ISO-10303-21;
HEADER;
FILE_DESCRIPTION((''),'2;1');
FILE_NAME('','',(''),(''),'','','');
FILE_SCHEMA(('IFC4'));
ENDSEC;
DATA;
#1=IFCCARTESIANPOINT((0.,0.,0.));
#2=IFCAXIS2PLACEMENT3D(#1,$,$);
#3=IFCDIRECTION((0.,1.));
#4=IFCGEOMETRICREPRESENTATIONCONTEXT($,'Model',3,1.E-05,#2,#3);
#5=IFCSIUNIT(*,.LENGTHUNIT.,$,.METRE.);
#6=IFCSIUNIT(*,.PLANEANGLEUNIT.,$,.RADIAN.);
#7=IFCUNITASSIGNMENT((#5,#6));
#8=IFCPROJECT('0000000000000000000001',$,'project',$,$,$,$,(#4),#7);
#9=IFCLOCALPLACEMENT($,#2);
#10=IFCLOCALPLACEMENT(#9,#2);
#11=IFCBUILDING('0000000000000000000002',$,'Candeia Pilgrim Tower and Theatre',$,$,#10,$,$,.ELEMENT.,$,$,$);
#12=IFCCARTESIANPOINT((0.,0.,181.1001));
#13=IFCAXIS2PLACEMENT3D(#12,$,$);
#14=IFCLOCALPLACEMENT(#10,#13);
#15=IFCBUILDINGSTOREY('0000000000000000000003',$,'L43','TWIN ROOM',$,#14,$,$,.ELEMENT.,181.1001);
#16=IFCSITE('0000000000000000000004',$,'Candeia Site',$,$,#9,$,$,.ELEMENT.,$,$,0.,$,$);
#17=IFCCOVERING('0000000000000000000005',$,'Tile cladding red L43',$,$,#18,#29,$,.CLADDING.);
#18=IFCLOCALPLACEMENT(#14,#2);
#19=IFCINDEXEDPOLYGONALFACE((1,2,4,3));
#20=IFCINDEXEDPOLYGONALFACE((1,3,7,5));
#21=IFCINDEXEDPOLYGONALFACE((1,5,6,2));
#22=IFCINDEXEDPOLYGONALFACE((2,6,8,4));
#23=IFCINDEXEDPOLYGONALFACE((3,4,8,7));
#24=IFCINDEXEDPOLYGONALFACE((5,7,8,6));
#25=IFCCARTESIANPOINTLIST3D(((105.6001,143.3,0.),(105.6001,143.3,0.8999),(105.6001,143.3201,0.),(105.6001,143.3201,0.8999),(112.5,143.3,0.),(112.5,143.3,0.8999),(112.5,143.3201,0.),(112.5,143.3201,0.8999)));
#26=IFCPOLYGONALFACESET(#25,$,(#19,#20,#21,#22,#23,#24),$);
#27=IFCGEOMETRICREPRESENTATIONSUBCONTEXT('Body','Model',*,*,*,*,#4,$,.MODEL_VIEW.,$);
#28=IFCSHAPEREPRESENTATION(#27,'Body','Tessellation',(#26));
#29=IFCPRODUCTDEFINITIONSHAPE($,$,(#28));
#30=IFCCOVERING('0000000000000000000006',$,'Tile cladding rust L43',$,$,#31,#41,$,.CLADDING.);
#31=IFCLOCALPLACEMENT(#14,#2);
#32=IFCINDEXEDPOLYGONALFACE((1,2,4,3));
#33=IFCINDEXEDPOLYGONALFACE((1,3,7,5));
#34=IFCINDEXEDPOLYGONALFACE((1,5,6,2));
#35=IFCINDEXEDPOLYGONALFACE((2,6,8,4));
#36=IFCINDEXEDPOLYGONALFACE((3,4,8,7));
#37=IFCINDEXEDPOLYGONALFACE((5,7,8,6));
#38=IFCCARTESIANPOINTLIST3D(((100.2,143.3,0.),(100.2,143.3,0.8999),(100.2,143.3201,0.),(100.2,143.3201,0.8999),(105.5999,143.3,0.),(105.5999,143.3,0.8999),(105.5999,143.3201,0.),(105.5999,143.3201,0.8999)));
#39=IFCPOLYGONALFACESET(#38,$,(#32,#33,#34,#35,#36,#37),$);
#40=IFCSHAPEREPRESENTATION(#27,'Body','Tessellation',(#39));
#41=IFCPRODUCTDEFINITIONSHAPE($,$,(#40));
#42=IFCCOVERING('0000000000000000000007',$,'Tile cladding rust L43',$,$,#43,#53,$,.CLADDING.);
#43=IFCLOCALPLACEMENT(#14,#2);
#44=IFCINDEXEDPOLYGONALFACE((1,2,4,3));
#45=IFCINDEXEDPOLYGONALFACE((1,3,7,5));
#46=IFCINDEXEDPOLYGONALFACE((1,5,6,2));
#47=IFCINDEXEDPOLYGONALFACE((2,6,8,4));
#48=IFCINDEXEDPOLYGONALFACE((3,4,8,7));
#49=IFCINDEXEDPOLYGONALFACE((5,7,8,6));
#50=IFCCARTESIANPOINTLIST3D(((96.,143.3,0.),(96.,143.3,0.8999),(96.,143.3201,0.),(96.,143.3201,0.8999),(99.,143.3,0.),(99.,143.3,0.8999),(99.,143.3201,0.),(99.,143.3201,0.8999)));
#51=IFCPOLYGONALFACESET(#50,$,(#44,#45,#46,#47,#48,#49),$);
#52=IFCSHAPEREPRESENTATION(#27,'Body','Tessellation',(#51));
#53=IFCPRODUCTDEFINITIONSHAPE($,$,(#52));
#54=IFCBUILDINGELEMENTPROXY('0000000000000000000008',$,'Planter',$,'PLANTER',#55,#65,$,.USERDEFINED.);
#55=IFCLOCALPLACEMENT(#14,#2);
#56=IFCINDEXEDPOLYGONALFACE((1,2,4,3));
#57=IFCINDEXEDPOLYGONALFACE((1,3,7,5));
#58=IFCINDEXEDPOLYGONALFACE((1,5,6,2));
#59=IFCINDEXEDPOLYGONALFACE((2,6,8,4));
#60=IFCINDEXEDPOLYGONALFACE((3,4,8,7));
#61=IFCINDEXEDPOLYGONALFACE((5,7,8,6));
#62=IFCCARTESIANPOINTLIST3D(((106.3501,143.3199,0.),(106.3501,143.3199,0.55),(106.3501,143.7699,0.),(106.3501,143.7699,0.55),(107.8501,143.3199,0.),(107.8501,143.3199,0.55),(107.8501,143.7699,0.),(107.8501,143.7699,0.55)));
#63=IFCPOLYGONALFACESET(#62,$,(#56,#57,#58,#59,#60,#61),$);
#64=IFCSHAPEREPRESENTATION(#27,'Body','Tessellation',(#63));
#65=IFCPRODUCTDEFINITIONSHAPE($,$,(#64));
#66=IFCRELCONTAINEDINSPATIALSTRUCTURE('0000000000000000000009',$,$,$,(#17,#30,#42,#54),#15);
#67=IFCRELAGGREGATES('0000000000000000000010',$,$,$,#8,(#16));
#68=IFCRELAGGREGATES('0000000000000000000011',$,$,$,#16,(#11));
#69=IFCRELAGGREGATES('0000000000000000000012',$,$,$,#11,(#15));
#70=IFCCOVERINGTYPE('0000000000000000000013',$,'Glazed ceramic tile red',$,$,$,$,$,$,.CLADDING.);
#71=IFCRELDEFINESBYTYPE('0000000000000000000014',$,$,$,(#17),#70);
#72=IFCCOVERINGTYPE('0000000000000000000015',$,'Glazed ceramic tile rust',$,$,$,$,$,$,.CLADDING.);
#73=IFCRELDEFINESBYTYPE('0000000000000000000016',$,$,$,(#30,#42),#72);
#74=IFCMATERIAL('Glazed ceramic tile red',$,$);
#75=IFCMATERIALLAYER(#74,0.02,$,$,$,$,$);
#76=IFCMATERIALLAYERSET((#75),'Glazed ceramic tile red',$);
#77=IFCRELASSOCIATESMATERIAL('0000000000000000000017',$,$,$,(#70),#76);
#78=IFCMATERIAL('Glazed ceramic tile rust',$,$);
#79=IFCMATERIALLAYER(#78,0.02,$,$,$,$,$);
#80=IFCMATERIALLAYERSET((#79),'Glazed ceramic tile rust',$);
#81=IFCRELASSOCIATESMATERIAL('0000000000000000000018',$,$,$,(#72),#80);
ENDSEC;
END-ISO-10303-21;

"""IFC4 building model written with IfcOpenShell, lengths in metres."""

from ifc_helpers import new_model, si_unit, direction, frame, origin, origin_2d, place, context, subcontext, project, spatial, rectangle, extrude, material, layer, layer_set, type_object, element, save


model = new_model("IFC4")

# Units and contexts
model_context = context("Model", 3, precision=1e-05, world=origin(), true_north=direction((0.0, 1.0)))
body_context = subcontext(model_context, "Body", "Model", "MODEL_VIEW")
ifc_project = project(units=[si_unit("LENGTHUNIT", "METRE"), si_unit("PLANEANGLEUNIT", "RADIAN")], contexts=[model_context])

# Site, building, storey
site_placement = place(None, origin())
site = spatial("IfcSite", under=ifc_project, at=site_placement, Name="Candeia Site", CompositionType="ELEMENT", RefElevation=0.0)
building_placement = place(site_placement, origin())
building = spatial("IfcBuilding", under=site, at=building_placement, Name="Candeia Pilgrim Tower and Theatre", CompositionType="ELEMENT")
storey_placement = place(building_placement, frame((0.0, 0.0, 181.1001)))
storey = spatial("IfcBuildingStorey", under=building, at=storey_placement, Name="L43", Description="TWIN ROOM", CompositionType="ELEMENT", Elevation=181.1001)

# Coverings
ifc_material_1 = material(Name="Glazed ceramic tile red")
ifc_layer_1 = layer(ifc_material_1, 0.02)
ifc_layer_set_1 = layer_set([ifc_layer_1], Name="Glazed ceramic tile red")
covering_type_1 = type_object("IfcCoveringType", Name="Glazed ceramic tile red", PredefinedType="CLADDING", material=ifc_layer_set_1)
covering_1_placement = place(storey_placement, frame((109.05, 143.3101, 0.0), z_axis=(0.0, 0.0, 1.0), x_axis=(-1.0, 0.0, 0.0)))
element("IfcCovering", 1, at=covering_1_placement, inside=storey, type_object=covering_type_1, Name="Tile cladding red L43", PredefinedType="CLADDING", context=body_context, shape_type="SweptSolid", body=[
    extrude(rectangle(XDim=6.8999, YDim=0.02, at=origin_2d()), origin(), (0.0, 0.0, 1.0), 0.8999),
])
ifc_material_2 = material(Name="Glazed ceramic tile rust")
ifc_layer_2 = layer(ifc_material_2, 0.02)
ifc_layer_set_2 = layer_set([ifc_layer_2], Name="Glazed ceramic tile rust")
covering_type_2 = type_object("IfcCoveringType", Name="Glazed ceramic tile rust", PredefinedType="CLADDING", material=ifc_layer_set_2)
covering_2_placement = place(storey_placement, frame((102.8999, 143.3101, 0.0), z_axis=(0.0, 0.0, 1.0), x_axis=(-1.0, 0.0, 0.0)))
element("IfcCovering", 2, at=covering_2_placement, inside=storey, type_object=covering_type_2, Name="Tile cladding rust L43", PredefinedType="CLADDING", context=body_context, shape_type="SweptSolid", body=[
    extrude(rectangle(XDim=5.3999, YDim=0.02, at=origin_2d()), origin(), (0.0, 0.0, 1.0), 0.8999),
])
covering_3_placement = place(storey_placement, frame((97.5, 143.3101, 0.0), z_axis=(0.0, 0.0, 1.0), x_axis=(-1.0, 0.0, 0.0)))
element("IfcCovering", 3, at=covering_3_placement, inside=storey, type_object=covering_type_2, Name="Tile cladding rust L43", PredefinedType="CLADDING", context=body_context, shape_type="SweptSolid", body=[
    extrude(rectangle(XDim=3.0, YDim=0.02, at=origin_2d()), origin(), (0.0, 0.0, 1.0), 0.8999),
])

# Building element proxy
proxy_placement = place(storey_placement, frame((107.1001, 143.5449, 0.0), z_axis=(0.0, 0.0, 1.0), x_axis=(-1.0, 0.0, 0.0)))
element("IfcBuildingElementProxy", 4, at=proxy_placement, inside=storey, Name="Planter", ObjectType="PLANTER", PredefinedType="USERDEFINED", context=body_context, shape_type="SweptSolid", body=[
    extrude(rectangle(XDim=1.5, YDim=0.45, at=origin_2d()), origin(), (0.0, 0.0, 1.0), 0.55),
])

save(model, "model.ifc")
